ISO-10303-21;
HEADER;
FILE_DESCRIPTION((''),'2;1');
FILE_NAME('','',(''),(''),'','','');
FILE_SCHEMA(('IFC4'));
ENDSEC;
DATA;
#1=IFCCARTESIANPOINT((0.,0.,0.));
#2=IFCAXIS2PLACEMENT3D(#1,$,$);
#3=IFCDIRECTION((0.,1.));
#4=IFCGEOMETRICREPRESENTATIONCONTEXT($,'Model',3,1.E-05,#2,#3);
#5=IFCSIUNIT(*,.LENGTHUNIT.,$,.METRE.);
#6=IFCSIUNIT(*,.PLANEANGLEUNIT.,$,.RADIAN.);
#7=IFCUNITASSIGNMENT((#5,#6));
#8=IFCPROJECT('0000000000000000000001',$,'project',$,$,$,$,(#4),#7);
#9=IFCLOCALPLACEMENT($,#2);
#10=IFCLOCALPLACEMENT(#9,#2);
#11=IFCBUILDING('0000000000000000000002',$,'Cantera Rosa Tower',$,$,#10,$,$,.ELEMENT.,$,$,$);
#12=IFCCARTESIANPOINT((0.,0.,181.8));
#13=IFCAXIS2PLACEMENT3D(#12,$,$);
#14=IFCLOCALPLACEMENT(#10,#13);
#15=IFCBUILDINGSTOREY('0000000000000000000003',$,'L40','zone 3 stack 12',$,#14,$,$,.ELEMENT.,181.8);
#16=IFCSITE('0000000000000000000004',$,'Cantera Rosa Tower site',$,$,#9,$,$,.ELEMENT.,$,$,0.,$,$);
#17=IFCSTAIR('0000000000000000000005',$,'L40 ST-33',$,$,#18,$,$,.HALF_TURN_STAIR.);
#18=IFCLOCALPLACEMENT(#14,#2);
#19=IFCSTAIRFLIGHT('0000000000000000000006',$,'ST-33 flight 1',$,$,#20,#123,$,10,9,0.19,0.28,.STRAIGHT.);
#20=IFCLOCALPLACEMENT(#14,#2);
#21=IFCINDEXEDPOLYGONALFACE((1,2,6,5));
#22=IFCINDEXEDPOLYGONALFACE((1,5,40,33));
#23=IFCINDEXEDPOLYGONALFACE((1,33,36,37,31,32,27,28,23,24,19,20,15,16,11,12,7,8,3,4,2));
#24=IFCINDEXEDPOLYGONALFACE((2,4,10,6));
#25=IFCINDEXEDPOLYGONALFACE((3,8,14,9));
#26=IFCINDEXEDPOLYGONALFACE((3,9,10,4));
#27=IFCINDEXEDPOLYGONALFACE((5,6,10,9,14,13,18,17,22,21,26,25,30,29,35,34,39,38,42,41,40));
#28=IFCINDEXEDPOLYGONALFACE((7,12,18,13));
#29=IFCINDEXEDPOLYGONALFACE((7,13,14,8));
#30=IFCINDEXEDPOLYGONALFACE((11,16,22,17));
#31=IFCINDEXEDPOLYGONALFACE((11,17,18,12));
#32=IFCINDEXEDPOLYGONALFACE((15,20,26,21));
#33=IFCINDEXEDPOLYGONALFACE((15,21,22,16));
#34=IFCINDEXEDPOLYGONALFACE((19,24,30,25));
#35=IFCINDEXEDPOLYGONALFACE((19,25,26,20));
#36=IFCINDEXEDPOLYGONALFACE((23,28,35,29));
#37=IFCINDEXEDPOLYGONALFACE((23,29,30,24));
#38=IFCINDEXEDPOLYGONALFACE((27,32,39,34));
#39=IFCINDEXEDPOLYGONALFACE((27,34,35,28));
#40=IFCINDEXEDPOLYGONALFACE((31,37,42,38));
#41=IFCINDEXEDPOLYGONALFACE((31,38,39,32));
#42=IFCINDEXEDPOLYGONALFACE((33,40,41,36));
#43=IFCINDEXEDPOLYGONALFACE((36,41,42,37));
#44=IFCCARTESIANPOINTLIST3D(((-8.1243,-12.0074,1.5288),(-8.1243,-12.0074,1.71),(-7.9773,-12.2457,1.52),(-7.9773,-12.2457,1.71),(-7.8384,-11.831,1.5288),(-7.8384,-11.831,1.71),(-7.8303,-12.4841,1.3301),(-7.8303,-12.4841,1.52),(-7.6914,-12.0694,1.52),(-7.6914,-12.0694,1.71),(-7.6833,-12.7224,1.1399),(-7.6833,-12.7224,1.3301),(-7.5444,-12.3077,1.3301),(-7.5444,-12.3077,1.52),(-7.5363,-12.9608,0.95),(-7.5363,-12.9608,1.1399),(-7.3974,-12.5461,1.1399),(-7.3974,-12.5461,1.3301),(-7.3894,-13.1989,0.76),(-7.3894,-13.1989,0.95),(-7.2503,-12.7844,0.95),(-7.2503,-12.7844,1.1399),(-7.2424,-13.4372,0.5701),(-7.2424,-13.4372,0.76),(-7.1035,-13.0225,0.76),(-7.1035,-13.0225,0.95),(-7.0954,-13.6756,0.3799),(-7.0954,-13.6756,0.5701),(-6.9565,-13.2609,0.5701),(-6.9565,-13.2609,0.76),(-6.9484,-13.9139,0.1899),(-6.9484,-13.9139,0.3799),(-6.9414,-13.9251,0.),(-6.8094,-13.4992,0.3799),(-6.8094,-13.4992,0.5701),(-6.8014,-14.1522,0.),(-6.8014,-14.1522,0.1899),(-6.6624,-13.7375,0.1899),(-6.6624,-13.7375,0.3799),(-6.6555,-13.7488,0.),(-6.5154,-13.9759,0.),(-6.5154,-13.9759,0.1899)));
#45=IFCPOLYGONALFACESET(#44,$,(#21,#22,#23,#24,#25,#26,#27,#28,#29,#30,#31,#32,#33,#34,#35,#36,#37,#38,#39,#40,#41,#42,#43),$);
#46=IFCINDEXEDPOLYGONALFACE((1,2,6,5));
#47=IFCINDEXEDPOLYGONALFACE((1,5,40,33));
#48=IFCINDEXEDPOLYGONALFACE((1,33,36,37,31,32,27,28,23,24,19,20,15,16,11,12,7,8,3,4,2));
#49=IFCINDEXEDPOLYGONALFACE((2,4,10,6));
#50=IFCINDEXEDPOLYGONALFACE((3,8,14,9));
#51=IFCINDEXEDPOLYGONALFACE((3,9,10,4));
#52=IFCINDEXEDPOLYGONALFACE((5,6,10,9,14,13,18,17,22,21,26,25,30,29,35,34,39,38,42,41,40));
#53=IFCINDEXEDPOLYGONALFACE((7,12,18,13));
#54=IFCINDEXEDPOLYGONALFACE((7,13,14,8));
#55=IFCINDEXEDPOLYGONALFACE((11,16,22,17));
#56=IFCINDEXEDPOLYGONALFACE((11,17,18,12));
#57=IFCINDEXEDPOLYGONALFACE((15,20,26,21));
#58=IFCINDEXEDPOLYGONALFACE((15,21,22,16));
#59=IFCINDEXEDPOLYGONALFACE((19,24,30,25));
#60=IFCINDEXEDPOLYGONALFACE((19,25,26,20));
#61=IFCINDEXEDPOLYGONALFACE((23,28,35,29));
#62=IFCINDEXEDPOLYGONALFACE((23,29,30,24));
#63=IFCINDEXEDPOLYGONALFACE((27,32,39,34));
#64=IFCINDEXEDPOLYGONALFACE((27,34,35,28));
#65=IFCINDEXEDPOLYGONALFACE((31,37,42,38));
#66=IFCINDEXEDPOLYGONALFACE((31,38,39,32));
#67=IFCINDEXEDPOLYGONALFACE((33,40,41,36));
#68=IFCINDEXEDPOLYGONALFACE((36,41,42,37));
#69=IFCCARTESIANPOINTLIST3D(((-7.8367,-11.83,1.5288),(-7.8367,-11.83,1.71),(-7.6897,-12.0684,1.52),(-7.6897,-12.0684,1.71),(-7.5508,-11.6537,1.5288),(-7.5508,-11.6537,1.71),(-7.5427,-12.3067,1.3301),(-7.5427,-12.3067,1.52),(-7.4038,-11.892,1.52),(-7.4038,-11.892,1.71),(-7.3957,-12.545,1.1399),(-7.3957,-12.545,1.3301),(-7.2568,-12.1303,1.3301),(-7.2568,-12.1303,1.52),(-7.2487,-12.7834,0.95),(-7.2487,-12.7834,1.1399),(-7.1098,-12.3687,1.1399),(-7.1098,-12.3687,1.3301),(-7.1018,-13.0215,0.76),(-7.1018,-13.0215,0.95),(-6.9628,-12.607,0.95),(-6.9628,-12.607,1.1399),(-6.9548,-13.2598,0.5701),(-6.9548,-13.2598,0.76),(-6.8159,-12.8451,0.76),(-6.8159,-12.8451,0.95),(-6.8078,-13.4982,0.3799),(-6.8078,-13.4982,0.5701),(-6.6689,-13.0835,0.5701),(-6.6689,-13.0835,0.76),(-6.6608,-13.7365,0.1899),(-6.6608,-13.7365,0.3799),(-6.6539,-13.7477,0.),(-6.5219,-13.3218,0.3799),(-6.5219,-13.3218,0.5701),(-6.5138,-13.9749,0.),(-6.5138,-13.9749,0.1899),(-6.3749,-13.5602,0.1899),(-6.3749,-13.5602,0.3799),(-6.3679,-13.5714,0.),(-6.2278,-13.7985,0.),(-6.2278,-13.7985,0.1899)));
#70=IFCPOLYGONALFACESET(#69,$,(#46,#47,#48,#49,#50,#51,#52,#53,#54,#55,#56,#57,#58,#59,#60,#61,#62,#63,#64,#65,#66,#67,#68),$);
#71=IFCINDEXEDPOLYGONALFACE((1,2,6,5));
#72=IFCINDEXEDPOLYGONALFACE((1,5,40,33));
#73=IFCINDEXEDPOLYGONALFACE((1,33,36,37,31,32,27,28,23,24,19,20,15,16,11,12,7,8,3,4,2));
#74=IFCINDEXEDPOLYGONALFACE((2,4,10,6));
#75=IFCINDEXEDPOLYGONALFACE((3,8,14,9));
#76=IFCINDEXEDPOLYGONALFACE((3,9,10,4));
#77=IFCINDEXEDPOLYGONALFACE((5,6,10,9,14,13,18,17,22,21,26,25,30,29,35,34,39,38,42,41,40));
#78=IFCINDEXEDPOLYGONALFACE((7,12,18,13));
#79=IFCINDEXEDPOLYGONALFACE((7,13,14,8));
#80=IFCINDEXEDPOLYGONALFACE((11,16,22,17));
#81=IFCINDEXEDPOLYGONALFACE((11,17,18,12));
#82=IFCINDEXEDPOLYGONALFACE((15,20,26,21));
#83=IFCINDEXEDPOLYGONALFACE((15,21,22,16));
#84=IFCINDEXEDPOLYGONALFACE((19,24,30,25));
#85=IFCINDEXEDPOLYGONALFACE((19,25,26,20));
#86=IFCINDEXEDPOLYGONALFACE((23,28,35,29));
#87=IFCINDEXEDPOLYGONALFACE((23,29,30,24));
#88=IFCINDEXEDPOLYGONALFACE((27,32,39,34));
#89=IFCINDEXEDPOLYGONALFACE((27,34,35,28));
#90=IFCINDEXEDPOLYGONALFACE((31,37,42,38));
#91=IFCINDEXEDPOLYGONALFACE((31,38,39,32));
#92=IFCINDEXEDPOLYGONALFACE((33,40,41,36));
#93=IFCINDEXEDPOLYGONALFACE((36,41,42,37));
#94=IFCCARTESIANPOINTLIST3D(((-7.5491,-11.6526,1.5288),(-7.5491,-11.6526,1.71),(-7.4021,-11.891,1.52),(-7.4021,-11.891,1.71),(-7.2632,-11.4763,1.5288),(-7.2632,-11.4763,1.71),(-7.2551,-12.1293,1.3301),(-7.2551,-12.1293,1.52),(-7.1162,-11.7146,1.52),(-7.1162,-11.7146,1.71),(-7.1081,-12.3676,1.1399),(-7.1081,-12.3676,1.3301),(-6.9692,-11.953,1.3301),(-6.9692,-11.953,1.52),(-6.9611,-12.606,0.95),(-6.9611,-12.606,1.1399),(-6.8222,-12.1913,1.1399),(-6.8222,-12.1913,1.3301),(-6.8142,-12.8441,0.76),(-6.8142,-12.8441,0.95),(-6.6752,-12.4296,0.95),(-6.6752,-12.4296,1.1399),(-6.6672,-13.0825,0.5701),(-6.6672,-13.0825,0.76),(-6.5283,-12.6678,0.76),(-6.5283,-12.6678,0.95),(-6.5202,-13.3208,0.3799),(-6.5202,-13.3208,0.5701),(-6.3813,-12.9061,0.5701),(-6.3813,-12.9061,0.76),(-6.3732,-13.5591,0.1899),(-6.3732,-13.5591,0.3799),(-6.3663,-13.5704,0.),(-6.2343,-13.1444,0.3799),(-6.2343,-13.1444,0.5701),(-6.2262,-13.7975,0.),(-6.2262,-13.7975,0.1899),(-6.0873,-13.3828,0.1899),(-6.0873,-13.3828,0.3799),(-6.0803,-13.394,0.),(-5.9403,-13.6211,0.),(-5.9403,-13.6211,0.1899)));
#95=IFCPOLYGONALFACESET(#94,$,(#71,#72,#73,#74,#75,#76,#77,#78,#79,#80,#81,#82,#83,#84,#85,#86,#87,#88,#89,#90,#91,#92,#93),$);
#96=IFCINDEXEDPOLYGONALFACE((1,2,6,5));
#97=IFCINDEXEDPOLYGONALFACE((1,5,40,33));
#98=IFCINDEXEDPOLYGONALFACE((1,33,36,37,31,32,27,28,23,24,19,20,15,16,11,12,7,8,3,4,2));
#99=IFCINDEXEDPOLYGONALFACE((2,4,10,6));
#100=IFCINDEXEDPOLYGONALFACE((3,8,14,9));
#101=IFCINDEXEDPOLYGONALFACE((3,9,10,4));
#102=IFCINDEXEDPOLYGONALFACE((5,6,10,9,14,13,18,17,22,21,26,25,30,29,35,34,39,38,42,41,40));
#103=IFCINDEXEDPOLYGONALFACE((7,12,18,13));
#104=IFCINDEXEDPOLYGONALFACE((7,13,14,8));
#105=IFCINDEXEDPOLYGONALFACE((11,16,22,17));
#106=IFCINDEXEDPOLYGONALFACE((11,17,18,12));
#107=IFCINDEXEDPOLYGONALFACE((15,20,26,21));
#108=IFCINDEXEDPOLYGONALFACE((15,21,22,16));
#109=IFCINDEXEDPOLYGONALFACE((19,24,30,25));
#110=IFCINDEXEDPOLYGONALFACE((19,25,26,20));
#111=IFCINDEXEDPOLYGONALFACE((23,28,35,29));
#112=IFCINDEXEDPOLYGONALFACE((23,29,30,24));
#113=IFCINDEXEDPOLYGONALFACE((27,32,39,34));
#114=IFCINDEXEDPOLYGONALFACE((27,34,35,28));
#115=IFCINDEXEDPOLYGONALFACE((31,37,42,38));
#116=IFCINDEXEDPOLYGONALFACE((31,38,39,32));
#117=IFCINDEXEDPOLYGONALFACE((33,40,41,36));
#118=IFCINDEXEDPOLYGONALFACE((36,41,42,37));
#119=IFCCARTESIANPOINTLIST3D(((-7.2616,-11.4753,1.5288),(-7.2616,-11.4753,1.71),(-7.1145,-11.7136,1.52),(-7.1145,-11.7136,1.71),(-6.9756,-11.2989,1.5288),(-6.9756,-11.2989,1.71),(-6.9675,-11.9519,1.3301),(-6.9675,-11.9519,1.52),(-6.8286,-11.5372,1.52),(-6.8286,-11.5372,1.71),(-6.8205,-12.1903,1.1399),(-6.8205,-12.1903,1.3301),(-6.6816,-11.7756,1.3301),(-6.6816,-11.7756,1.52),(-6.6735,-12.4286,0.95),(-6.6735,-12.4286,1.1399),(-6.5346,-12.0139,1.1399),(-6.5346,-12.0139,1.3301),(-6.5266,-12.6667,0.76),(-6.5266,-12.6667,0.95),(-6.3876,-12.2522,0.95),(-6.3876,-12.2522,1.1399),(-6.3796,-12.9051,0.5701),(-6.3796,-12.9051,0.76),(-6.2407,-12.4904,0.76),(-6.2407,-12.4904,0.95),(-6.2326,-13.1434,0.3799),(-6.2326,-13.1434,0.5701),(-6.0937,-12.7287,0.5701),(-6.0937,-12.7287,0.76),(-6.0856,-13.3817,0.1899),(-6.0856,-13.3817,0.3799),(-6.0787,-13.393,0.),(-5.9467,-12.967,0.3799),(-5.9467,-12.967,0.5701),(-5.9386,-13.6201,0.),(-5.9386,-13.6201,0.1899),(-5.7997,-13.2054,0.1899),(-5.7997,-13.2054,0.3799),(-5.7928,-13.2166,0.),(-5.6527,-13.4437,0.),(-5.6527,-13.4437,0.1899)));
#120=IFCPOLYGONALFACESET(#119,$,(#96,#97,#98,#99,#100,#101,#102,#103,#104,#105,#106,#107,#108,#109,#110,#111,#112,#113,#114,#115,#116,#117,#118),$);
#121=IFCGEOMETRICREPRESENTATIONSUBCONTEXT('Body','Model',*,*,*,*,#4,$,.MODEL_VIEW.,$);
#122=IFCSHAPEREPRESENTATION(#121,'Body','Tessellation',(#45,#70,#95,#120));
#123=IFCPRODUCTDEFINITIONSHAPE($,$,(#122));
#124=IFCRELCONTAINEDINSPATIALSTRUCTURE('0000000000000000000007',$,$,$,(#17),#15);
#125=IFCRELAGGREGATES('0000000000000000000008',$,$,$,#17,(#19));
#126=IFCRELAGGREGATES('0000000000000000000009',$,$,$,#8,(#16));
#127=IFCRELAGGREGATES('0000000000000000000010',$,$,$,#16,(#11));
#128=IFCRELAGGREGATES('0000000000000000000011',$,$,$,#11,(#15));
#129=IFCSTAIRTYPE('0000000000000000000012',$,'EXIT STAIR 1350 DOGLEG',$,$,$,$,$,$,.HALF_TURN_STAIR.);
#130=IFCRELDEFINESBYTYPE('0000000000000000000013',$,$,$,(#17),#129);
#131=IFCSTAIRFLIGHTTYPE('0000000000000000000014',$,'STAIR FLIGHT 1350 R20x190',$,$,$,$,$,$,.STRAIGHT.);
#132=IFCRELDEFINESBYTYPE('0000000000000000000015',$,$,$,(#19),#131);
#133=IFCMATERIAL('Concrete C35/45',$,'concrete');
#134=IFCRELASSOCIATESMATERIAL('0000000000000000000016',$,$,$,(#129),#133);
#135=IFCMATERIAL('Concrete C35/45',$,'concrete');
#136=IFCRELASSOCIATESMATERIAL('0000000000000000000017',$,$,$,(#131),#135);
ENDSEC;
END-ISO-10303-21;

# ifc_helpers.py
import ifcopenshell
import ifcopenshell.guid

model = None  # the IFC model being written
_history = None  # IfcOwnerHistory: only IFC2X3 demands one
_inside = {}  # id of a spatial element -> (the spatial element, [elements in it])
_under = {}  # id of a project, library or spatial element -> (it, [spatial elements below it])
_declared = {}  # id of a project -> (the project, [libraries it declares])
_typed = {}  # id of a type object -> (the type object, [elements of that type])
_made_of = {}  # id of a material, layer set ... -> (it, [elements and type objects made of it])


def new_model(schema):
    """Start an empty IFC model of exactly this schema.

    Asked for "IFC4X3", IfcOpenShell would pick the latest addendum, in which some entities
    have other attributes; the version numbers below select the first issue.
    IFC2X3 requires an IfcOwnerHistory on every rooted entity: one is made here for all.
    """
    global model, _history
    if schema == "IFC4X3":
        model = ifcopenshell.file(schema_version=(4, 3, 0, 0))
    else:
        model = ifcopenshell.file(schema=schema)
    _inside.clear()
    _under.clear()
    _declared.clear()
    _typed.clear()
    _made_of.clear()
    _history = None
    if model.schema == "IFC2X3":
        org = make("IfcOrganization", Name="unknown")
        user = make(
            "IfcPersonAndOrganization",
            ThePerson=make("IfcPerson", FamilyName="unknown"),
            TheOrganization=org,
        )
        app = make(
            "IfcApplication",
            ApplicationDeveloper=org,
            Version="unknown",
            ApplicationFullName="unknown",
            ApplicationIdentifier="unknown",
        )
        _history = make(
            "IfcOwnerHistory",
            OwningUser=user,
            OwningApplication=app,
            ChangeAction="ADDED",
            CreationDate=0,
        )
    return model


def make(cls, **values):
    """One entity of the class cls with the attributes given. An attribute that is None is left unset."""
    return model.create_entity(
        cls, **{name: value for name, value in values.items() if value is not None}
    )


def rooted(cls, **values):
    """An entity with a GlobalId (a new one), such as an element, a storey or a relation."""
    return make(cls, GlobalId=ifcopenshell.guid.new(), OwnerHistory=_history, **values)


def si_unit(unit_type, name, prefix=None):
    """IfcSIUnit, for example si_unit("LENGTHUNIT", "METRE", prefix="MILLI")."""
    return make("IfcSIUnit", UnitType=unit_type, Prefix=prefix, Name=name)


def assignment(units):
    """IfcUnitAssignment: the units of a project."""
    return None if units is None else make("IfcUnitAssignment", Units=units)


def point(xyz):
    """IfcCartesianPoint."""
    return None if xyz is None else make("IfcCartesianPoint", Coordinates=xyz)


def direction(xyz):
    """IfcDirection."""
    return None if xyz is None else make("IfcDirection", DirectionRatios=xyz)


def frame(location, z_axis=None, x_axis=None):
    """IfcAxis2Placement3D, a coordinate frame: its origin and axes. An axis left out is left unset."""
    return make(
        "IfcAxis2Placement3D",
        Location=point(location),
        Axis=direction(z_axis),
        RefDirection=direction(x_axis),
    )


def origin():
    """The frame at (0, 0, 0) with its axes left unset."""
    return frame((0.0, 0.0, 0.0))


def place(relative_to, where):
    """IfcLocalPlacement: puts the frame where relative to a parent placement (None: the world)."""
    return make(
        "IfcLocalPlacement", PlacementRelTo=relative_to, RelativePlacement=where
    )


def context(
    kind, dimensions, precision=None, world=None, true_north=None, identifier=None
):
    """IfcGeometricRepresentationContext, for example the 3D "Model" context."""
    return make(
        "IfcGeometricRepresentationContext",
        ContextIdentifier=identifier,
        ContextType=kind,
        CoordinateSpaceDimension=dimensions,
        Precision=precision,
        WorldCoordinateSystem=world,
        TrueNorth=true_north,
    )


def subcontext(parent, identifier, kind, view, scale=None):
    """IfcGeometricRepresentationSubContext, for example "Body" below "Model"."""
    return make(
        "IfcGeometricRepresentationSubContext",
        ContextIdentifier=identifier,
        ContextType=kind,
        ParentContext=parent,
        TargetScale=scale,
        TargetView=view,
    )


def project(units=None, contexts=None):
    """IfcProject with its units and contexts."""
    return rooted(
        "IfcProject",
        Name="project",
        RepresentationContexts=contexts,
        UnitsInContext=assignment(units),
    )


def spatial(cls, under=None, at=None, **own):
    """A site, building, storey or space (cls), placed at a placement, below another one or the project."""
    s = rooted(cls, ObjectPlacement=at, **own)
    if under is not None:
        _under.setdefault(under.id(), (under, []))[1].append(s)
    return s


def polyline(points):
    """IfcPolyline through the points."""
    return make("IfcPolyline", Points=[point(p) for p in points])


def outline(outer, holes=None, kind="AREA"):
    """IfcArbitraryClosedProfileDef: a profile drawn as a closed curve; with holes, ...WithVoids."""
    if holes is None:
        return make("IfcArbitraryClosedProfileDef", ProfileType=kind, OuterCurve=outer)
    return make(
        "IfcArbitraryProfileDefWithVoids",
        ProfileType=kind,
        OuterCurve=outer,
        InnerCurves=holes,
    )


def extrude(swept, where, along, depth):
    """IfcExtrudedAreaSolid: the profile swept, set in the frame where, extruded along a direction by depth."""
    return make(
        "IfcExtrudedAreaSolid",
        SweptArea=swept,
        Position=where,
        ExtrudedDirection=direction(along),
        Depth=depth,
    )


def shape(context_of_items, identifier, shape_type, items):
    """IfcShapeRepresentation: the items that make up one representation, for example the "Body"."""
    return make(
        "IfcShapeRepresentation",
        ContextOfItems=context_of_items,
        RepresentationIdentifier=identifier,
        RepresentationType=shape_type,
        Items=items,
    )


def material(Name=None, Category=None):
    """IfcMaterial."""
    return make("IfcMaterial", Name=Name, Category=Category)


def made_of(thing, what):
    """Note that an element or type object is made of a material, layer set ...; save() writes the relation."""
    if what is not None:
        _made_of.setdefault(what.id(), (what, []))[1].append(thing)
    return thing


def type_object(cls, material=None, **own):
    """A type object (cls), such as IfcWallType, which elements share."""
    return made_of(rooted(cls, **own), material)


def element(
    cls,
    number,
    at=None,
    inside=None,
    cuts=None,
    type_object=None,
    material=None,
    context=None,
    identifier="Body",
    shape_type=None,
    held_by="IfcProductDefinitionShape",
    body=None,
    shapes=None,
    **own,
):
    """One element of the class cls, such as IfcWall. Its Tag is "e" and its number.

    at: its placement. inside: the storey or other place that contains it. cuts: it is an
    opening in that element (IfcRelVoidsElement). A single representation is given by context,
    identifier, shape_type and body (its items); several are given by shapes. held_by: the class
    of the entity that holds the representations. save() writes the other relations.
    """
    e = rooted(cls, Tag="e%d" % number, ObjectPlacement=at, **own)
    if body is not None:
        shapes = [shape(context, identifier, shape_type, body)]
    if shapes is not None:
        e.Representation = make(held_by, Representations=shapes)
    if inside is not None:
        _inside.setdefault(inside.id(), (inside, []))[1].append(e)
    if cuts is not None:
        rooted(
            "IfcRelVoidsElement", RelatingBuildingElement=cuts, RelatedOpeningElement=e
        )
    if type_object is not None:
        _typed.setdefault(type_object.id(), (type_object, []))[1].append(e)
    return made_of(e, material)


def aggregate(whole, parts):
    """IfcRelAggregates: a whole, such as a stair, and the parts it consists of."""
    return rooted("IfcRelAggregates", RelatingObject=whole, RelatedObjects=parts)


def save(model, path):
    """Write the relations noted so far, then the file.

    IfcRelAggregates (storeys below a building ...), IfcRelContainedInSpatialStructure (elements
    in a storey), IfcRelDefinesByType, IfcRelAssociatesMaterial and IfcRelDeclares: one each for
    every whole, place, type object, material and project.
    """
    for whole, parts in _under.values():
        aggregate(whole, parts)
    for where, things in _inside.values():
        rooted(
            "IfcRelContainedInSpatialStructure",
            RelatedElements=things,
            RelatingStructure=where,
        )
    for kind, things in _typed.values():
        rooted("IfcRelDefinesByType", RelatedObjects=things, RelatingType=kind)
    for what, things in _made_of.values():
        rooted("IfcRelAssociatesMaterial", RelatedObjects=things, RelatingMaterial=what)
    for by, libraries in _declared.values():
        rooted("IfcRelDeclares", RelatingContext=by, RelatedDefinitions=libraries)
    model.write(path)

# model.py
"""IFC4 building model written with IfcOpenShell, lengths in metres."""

from ifc_helpers import new_model, si_unit, direction, frame, origin, place, context, subcontext, project, spatial, polyline, outline, extrude, material, type_object, element, aggregate, save


model = new_model("IFC4")

# Units and contexts
model_context = context("Model", 3, precision=1e-05, world=origin(), true_north=direction((0.0, 1.0)))
body_context = subcontext(model_context, "Body", "Model", "MODEL_VIEW")
ifc_project = project(units=[si_unit("LENGTHUNIT", "METRE"), si_unit("PLANEANGLEUNIT", "RADIAN")], contexts=[model_context])

# Site, building, storey
site_placement = place(None, origin())
site = spatial("IfcSite", under=ifc_project, at=site_placement, Name="Cantera Rosa Tower site", CompositionType="ELEMENT", RefElevation=0.0)
building_placement = place(site_placement, origin())
building = spatial("IfcBuilding", under=site, at=building_placement, Name="Cantera Rosa Tower", CompositionType="ELEMENT")
storey_placement = place(building_placement, frame((0.0, 0.0, 181.8)))
storey = spatial("IfcBuildingStorey", under=building, at=storey_placement, Name="L40", Description="zone 3 stack 12", CompositionType="ELEMENT", Elevation=181.8)

# Shared definitions
ifc_material_1 = material(Name="Concrete C35/45", Category="concrete")
stair_type = type_object("IfcStairType", Name="EXIT STAIR 1350 DOGLEG", PredefinedType="HALF_TURN_STAIR", material=ifc_material_1)
ifc_material_2 = material(Name="Concrete C35/45", Category="concrete")
stair_flight_type = type_object("IfcStairFlightType", Name="STAIR FLIGHT 1350 R20x190", PredefinedType="STRAIGHT", material=ifc_material_2)

# Stair, stair flight
stair_1_placement = place(storey_placement, origin())
stair_1 = element("IfcStair", 1, at=stair_1_placement, inside=storey, type_object=stair_type, Name="L40 ST-33", PredefinedType="HALF_TURN_STAIR")
stair_flight_1_placement = place(storey_placement, frame((-6.2268, -13.7979, 0.0), z_axis=(0.0, 0.0, 1.0), x_axis=(-0.524977, 0.851117, 0.0)))
stair_flight_1 = element("IfcStairFlight", 2, at=stair_flight_1_placement, type_object=stair_flight_type, Name="ST-33 flight 1", NumberOfRisers=10, NumberOfTreads=9, PredefinedType="STRAIGHT", RiserHeight=0.19, TreadLength=0.28, context=body_context, shape_type="SweptSolid", body=[
    extrude(outline(polyline([(0.0, 0.0), (0.0, 0.1899), (0.28, 0.1899), (0.28, 0.3799), (0.5601, 0.3799), (0.5601, 0.5701), (0.8401, 0.5701), (0.8401, 0.76), (1.1201, 0.76), (1.1201, 0.95), (1.3999, 0.95), (1.3999, 1.1399), (1.6799, 1.1399), (1.6799, 1.3301), (1.96, 1.3301), (1.96, 1.52), (2.24, 1.52), (2.24, 1.71), (2.52, 1.71), (2.52, 1.8999), (2.52, 1.5288), (0.2668, 0.0), (0.0, 0.0)])), frame((0.0, 0.675, 0.0), z_axis=(0.0, -1.0, 0.0), x_axis=(1.0, 0.0, 0.0)), (0.0, 0.0, 1.0), 0.3359),
    extrude(outline(polyline([(0.0, 0.0), (0.0, 0.1899), (0.28, 0.1899), (0.28, 0.3799), (0.5601, 0.3799), (0.5601, 0.5701), (0.8401, 0.5701), (0.8401, 0.76), (1.1201, 0.76), (1.1201, 0.95), (1.3999, 0.95), (1.3999, 1.1399), (1.6799, 1.1399), (1.6799, 1.3301), (1.96, 1.3301), (1.96, 1.52), (2.24, 1.52), (2.24, 1.71), (2.52, 1.71), (2.52, 1.8999), (2.52, 1.5288), (0.2668, 0.0), (0.0, 0.0)])), frame((0.0, 0.3372, 0.0), z_axis=(0.0, -1.0, 0.0), x_axis=(1.0, 0.0, 0.0)), (0.0, 0.0, 1.0), 0.3359),
    extrude(outline(polyline([(0.0, 0.0), (0.0, 0.1899), (0.28, 0.1899), (0.28, 0.3799), (0.5601, 0.3799), (0.5601, 0.5701), (0.8401, 0.5701), (0.8401, 0.76), (1.1201, 0.76), (1.1201, 0.95), (1.3999, 0.95), (1.3999, 1.1399), (1.6799, 1.1399), (1.6799, 1.3301), (1.96, 1.3301), (1.96, 1.52), (2.24, 1.52), (2.24, 1.71), (2.52, 1.71), (2.52, 1.8999), (2.52, 1.5288), (0.2668, 0.0), (0.0, 0.0)])), frame((0.0, -0.0007, 0.0), z_axis=(0.0, -1.0, 0.0), x_axis=(1.0, 0.0, 0.0)), (0.0, 0.0, 1.0), 0.3359),
    extrude(outline(polyline([(0.0, 0.0), (0.0, 0.1899), (0.28, 0.1899), (0.28, 0.3799), (0.5601, 0.3799), (0.5601, 0.5701), (0.8401, 0.5701), (0.8401, 0.76), (1.1201, 0.76), (1.1201, 0.95), (1.3999, 0.95), (1.3999, 1.1399), (1.6799, 1.1399), (1.6799, 1.3301), (1.96, 1.3301), (1.96, 1.52), (2.24, 1.52), (2.24, 1.71), (2.52, 1.71), (2.52, 1.8999), (2.52, 1.5288), (0.2668, 0.0), (0.0, 0.0)])), frame((0.0, -0.3386, 0.0), z_axis=(0.0, -1.0, 0.0), x_axis=(1.0, 0.0, 0.0)), (0.0, 0.0, 1.0), 0.3359),
])
aggregate(stair_1, [stair_flight_1])

save(model, "model.ifc")
